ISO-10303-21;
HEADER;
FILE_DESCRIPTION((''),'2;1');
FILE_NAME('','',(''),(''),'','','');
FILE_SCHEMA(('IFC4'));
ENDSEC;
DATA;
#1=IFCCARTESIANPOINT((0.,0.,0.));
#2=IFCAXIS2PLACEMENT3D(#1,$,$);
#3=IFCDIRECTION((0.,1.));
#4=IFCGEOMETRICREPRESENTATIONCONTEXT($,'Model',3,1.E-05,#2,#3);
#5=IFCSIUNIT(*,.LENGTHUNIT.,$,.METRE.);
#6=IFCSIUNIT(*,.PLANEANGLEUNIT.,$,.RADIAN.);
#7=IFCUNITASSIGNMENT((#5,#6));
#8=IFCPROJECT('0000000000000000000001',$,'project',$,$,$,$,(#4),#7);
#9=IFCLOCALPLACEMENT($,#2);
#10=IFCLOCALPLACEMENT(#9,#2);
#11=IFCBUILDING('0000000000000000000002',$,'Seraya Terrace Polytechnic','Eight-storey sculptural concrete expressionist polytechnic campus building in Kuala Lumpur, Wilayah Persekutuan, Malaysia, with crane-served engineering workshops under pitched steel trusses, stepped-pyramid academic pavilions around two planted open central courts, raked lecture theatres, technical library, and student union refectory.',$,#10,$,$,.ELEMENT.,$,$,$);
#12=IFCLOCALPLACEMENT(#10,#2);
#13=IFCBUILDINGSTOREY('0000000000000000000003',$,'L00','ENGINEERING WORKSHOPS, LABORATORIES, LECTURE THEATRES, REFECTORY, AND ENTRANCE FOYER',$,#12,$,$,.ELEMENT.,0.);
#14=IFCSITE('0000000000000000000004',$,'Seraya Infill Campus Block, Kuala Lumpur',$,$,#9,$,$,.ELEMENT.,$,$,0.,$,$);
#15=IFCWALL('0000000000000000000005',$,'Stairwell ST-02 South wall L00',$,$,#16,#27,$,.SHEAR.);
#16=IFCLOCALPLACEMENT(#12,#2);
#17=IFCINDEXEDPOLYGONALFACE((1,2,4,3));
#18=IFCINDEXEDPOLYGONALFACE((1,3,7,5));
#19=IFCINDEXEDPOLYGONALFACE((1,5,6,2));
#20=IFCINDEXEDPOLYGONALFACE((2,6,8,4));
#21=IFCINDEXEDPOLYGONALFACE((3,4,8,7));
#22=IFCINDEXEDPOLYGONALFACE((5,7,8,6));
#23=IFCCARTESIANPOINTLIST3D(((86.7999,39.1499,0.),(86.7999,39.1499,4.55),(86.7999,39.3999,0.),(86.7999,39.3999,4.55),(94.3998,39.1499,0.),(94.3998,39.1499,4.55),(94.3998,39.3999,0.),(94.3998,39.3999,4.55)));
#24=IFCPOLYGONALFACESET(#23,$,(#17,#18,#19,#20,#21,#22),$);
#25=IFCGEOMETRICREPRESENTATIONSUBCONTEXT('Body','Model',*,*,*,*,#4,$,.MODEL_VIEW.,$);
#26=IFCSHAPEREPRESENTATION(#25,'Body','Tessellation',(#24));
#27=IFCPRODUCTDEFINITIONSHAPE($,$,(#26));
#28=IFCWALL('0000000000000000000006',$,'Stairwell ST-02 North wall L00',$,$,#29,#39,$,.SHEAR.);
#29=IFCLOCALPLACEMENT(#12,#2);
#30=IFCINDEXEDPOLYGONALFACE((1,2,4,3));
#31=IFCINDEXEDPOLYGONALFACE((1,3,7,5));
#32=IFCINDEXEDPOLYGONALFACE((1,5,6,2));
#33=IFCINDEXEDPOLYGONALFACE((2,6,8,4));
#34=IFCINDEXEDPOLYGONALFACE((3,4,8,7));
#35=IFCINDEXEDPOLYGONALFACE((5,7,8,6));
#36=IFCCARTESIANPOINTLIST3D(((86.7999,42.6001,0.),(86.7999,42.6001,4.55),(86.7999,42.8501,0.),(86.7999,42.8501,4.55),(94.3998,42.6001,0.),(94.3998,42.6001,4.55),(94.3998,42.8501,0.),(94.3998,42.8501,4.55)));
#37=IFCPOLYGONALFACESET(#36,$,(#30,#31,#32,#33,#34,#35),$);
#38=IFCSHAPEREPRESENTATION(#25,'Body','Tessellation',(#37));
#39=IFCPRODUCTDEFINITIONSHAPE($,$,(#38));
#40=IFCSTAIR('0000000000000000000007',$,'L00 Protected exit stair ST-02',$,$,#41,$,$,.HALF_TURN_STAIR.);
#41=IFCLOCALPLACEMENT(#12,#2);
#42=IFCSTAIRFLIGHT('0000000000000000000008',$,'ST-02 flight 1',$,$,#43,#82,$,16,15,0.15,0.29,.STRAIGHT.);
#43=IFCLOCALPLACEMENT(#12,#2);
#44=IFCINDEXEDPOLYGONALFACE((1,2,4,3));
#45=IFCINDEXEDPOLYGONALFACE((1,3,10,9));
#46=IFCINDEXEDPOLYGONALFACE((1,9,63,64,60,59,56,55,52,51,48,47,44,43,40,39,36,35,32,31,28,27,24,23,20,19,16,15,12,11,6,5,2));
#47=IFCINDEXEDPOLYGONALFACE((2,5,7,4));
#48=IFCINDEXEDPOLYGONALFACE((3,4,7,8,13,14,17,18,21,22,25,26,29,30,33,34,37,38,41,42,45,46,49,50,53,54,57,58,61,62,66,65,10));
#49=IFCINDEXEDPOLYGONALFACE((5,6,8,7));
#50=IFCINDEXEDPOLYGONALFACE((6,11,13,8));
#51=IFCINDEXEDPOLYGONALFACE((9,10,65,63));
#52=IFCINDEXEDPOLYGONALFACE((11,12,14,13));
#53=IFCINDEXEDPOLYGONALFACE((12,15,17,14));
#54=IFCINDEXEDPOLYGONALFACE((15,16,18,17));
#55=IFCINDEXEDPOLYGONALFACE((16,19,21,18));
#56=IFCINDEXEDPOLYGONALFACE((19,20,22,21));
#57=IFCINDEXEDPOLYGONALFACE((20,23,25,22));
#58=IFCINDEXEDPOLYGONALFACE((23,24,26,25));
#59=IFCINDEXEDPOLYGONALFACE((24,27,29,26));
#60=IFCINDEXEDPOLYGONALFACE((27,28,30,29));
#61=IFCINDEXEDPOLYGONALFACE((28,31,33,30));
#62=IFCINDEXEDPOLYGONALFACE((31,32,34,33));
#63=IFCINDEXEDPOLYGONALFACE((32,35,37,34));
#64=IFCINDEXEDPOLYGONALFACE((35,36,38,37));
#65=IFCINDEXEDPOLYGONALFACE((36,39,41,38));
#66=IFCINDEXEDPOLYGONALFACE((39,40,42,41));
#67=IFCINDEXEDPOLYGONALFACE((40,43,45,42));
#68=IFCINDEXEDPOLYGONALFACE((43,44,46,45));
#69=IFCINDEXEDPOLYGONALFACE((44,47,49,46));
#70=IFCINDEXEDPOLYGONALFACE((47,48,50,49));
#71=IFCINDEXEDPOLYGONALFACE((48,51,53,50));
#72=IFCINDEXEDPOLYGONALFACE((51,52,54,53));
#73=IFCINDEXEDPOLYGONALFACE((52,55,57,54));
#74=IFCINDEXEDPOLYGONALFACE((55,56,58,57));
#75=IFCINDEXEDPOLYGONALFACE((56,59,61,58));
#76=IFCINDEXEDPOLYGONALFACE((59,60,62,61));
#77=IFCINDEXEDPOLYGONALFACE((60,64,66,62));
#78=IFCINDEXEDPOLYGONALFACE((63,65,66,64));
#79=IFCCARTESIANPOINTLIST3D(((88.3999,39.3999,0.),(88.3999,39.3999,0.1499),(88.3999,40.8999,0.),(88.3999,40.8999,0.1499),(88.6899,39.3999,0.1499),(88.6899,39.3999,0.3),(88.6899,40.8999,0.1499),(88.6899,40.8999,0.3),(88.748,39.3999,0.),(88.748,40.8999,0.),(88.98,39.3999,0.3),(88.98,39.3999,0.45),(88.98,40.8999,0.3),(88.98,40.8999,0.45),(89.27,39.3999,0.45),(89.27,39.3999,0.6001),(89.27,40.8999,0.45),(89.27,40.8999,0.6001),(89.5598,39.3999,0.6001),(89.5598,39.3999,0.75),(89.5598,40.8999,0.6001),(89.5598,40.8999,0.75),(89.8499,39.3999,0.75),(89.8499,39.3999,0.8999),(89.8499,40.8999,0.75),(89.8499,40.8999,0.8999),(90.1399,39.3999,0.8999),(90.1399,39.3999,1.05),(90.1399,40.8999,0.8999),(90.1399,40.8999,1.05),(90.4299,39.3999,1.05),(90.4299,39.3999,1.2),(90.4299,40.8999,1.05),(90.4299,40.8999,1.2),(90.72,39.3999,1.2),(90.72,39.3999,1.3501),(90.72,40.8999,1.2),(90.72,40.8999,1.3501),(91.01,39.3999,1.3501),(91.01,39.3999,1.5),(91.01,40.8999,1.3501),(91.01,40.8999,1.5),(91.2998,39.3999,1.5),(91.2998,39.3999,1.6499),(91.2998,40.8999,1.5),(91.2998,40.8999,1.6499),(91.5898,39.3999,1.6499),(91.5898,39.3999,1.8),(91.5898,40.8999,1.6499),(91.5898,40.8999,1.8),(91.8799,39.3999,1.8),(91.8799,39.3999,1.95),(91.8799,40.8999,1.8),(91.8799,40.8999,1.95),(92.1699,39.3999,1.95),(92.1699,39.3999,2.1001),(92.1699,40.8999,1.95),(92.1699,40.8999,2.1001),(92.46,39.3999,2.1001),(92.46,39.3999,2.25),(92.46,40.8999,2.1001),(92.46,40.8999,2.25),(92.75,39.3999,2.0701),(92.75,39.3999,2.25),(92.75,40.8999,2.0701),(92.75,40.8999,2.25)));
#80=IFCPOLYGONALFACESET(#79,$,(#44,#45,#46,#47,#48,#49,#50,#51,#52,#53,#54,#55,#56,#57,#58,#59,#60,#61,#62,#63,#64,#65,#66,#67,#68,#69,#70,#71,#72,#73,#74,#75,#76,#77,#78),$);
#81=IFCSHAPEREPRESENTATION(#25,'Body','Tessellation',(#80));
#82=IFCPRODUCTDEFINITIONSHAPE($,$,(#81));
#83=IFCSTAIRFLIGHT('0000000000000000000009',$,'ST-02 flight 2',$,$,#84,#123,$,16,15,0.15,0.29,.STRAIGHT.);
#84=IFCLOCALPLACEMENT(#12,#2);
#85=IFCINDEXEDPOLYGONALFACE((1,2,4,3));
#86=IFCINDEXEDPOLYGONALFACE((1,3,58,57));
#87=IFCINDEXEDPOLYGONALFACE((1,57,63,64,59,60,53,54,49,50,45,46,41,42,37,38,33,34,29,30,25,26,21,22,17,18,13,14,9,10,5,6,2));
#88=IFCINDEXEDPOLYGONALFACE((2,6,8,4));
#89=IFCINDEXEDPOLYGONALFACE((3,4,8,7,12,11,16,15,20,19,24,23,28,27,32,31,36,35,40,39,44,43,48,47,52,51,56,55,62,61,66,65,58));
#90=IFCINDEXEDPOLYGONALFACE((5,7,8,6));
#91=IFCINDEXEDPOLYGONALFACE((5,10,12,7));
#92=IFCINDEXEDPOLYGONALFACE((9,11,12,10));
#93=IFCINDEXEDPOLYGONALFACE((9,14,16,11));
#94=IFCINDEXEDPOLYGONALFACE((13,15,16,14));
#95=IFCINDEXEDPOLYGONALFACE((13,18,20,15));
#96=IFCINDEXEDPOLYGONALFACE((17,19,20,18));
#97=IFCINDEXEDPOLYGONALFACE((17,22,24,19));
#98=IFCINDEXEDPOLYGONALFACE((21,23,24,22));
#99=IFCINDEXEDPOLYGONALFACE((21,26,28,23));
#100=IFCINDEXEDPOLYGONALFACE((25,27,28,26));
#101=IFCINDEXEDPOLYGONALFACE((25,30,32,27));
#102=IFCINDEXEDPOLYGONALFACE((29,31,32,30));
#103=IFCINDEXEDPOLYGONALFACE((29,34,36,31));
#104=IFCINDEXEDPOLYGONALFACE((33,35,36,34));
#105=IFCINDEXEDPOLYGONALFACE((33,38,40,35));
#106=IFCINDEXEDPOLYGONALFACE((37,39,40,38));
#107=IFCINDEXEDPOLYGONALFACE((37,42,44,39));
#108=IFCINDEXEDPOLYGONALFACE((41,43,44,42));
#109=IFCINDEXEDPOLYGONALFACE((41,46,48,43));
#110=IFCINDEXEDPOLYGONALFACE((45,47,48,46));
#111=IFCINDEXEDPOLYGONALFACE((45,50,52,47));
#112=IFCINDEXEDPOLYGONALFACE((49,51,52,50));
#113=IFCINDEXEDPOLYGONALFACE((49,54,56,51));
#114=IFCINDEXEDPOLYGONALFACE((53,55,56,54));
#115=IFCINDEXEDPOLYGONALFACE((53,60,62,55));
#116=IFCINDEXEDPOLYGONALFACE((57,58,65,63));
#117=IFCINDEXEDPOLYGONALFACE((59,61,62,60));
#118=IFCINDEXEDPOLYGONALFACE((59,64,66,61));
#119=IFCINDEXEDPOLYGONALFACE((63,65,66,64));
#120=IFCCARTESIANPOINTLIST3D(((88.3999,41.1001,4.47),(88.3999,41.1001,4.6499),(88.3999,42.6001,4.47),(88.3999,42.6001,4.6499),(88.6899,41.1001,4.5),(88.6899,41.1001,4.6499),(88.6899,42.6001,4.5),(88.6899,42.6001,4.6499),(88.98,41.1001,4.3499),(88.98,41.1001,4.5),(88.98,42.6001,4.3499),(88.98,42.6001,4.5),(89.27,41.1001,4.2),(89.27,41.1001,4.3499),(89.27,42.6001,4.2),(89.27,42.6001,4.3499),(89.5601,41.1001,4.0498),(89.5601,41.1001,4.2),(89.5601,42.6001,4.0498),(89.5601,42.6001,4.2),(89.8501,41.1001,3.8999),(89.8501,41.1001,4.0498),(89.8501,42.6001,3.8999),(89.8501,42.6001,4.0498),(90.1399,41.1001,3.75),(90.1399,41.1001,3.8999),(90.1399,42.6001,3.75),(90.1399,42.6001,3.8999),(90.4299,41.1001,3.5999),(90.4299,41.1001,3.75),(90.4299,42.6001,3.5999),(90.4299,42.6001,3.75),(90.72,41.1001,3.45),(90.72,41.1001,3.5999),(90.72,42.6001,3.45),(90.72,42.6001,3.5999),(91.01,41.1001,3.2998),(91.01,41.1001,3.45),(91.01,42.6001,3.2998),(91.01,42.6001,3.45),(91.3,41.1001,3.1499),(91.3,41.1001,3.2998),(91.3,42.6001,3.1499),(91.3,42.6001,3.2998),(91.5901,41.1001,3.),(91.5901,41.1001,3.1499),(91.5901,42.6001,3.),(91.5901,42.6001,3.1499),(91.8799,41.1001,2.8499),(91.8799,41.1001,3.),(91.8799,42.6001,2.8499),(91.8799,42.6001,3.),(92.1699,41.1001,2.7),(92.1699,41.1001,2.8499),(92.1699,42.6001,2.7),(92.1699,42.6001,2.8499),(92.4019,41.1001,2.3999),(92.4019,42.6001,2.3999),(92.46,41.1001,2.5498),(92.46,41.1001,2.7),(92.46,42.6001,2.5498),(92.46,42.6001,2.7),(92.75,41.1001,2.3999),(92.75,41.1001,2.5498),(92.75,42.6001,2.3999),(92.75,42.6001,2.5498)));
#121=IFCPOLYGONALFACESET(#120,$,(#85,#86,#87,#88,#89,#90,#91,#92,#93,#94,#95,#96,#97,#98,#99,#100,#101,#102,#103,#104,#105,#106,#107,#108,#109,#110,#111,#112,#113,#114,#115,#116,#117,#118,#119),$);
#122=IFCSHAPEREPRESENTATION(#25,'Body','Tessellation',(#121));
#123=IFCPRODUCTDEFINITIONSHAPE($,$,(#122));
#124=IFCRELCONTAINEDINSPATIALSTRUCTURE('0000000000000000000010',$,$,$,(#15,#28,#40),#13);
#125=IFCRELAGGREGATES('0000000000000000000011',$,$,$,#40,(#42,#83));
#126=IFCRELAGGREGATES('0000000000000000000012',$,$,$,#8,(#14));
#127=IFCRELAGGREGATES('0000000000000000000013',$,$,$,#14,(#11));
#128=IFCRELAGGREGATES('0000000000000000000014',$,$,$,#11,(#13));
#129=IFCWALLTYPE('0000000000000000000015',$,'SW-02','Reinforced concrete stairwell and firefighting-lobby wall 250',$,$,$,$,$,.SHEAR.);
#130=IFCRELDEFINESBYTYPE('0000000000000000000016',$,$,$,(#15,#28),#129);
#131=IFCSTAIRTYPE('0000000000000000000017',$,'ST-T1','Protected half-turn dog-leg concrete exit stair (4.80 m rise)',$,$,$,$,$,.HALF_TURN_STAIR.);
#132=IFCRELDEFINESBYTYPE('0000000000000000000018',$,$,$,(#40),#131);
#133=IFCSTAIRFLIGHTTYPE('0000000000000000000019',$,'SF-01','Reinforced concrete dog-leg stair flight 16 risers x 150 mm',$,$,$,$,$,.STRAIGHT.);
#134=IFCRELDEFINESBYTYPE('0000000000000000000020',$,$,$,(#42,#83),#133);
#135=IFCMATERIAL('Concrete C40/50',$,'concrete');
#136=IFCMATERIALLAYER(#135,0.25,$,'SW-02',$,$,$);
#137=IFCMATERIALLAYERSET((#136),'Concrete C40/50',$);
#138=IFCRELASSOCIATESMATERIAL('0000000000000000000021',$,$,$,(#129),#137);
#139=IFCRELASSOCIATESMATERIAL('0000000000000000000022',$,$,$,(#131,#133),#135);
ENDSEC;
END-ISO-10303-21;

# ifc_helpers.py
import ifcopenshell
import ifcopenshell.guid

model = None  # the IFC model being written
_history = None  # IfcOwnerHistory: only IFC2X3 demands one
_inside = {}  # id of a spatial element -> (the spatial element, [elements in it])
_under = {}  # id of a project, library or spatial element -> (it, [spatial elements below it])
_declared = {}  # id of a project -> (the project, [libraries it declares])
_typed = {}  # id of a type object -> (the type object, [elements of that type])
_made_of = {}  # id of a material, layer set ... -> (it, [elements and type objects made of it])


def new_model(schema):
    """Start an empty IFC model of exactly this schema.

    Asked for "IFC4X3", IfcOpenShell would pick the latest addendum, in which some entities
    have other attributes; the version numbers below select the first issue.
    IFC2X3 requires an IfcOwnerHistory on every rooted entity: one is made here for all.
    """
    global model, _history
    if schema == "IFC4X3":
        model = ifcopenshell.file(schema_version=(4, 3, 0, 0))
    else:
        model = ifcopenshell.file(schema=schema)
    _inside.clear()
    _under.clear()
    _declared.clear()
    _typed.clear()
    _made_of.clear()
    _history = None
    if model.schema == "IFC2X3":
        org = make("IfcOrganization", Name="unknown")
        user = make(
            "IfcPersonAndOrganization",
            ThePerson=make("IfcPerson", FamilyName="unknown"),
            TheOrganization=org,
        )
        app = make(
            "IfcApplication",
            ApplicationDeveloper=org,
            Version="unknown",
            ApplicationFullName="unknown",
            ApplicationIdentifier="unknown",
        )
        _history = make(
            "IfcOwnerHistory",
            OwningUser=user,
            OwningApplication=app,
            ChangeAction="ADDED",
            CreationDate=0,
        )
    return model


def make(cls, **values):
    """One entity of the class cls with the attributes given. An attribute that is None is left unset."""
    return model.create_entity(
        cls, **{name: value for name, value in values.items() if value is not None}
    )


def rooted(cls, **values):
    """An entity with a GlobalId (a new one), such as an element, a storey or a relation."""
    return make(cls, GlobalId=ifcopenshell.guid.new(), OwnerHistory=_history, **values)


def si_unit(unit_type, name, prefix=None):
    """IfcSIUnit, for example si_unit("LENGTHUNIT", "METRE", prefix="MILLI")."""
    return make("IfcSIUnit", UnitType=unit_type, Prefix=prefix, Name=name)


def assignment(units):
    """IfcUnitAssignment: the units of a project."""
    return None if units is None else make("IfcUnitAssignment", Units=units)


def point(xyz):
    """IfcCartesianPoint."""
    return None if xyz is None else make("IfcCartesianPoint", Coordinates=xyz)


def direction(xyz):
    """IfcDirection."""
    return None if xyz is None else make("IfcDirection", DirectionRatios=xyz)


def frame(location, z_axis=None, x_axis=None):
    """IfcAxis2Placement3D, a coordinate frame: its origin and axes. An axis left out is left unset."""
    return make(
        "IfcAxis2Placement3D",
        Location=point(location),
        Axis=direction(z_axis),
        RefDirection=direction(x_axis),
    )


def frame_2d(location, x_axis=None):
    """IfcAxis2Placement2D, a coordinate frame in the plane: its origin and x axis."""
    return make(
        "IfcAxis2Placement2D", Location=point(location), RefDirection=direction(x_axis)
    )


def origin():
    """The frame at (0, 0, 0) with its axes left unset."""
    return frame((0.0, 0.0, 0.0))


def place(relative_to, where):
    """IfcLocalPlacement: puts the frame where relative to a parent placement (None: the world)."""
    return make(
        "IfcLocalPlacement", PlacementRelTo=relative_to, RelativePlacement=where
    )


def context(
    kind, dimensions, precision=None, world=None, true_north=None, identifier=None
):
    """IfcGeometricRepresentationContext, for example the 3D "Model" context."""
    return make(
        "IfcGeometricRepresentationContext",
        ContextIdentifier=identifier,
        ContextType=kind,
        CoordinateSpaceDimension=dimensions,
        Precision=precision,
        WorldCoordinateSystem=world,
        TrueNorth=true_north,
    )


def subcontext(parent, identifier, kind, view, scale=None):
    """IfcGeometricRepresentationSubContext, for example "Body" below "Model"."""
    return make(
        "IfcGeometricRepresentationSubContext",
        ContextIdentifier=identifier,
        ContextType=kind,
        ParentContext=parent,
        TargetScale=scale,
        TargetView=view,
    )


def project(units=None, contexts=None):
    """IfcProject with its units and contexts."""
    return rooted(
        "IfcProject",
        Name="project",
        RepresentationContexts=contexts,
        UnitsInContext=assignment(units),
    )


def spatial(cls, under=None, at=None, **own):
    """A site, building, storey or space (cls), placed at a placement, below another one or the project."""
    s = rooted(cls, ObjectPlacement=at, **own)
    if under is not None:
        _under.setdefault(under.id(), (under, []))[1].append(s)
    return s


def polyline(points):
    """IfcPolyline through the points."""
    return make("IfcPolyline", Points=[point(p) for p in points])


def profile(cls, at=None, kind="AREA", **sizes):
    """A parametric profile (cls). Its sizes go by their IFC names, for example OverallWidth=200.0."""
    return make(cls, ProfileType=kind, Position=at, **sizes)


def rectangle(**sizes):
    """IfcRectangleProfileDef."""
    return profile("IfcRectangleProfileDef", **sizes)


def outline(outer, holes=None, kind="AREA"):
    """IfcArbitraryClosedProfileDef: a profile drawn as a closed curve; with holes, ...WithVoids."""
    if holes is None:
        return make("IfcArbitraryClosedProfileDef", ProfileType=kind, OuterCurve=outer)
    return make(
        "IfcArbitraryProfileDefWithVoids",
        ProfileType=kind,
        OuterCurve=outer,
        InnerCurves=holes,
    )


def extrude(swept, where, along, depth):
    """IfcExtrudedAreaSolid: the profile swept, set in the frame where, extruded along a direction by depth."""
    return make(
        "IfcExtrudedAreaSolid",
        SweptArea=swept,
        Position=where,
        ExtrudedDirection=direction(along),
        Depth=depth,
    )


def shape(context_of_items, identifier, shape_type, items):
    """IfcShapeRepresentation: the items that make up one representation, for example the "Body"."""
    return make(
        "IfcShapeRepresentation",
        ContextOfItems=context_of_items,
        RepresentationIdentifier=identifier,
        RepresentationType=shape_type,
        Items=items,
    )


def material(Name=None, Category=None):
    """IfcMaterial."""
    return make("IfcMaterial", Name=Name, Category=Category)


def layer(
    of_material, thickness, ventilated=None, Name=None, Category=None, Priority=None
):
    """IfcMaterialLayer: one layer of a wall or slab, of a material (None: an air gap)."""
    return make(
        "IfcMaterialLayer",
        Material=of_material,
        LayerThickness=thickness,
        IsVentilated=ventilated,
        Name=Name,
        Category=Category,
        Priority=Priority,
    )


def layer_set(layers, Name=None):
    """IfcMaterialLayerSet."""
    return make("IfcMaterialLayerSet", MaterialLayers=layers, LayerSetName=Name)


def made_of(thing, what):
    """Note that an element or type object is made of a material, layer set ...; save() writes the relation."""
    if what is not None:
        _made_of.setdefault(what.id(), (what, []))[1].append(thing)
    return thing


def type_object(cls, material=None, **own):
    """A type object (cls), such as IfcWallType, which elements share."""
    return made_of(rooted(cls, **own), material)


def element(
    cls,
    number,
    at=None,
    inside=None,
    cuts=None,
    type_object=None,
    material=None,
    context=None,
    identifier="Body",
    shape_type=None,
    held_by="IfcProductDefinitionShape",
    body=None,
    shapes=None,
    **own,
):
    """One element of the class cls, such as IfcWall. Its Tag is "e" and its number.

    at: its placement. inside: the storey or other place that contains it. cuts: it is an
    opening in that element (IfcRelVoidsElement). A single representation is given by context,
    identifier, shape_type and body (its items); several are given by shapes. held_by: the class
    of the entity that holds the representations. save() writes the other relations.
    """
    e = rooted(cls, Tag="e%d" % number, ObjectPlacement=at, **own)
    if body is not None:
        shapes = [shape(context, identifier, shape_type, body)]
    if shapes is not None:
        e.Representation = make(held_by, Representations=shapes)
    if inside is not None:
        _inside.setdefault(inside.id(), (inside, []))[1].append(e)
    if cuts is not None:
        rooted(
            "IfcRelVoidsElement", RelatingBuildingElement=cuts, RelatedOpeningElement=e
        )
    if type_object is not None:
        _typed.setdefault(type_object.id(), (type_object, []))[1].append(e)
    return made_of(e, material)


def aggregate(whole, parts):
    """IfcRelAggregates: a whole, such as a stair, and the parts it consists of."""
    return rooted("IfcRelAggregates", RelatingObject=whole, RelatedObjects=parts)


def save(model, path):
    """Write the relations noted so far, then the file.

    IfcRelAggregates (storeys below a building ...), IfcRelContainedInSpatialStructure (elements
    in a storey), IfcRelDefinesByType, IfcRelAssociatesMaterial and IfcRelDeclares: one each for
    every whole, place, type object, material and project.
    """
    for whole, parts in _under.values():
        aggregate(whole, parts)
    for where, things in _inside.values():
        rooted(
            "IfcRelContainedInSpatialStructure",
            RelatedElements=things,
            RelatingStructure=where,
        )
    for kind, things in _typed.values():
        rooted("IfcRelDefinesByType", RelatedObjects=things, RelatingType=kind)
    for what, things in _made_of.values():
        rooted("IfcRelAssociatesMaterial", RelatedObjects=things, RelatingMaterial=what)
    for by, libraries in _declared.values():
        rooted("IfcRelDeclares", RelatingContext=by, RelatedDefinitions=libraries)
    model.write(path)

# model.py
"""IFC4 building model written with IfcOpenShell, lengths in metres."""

from ifc_helpers import new_model, si_unit, direction, frame, frame_2d, origin, place, context, subcontext, project, spatial, polyline, rectangle, outline, extrude, material, layer, layer_set, type_object, element, aggregate, save


model = new_model("IFC4")

# Units and contexts
model_context = context("Model", 3, precision=1e-05, world=origin(), true_north=direction((0.0, 1.0)))
body_context = subcontext(model_context, "Body", "Model", "MODEL_VIEW")
ifc_project = project(units=[si_unit("LENGTHUNIT", "METRE"), si_unit("PLANEANGLEUNIT", "RADIAN")], contexts=[model_context])

# Site, building, storey
site_placement = place(None, origin())
site = spatial("IfcSite", under=ifc_project, at=site_placement, Name="Seraya Infill Campus Block, Kuala Lumpur", CompositionType="ELEMENT", RefElevation=0.0)
building_placement = place(site_placement, origin())
building = spatial("IfcBuilding", under=site, at=building_placement, Name="Seraya Terrace Polytechnic", Description="Eight-storey sculptural concrete expressionist polytechnic campus building in Kuala Lumpur, Wilayah Persekutuan, Malaysia, with crane-served engineering workshops under pitched steel trusses, stepped-pyramid academic pavilions around two planted open central courts, raked lecture theatres, technical library, and student union refectory.", CompositionType="ELEMENT")
storey_placement = place(building_placement, origin())
storey = spatial("IfcBuildingStorey", under=building, at=storey_placement, Name="L00", Description="ENGINEERING WORKSHOPS, LABORATORIES, LECTURE THEATRES, REFECTORY, AND ENTRANCE FOYER", CompositionType="ELEMENT", Elevation=0.0)

# Shared definitions
ifc_material_1 = material(Name="Concrete C40/50", Category="concrete")

# Shared definitions
ifc_layer_1 = layer(ifc_material_1, 0.25, Name="SW-02")
ifc_layer_set_1 = layer_set([ifc_layer_1], Name="Concrete C40/50")
wall_type_1 = type_object("IfcWallType", Name="SW-02", Description="Reinforced concrete stairwell and firefighting-lobby wall 250", PredefinedType="SHEAR", material=ifc_layer_set_1)

# Walls
for number, where, z_axis, x_axis, name in (
    (1, (86.8, 39.2749, 0.0), (0.0, 0.0, 1.0), (1.0, 0.0, 0.0), "Stairwell ST-02 South wall L00"),
    (2, (86.8, 42.7251, 0.0), (0.0, 0.0, 1.0), (1.0, 0.0, 0.0), "Stairwell ST-02 North wall L00"),
):
    element("IfcWall", number, at=place(storey_placement, frame(where, z_axis=z_axis, x_axis=x_axis)), inside=storey, type_object=wall_type_1, Name=name, PredefinedType="SHEAR", context=body_context, shape_type="SweptSolid", body=[
        extrude(rectangle(XDim=7.5999, YDim=0.25, at=frame_2d((3.7998, 0.0))), origin(), (0.0, 0.0, 1.0), 4.55),
    ])

# Stair, stair flights
stair_type = type_object("IfcStairType", Name="ST-T1", Description="Protected half-turn dog-leg concrete exit stair (4.80 m rise)", PredefinedType="HALF_TURN_STAIR", material=ifc_material_1)
stair_placement = place(storey_placement, origin())
stair = element("IfcStair", 3, at=stair_placement, inside=storey, type_object=stair_type, Name="L00 Protected exit stair ST-02", PredefinedType="HALF_TURN_STAIR")
stair_flight_type = type_object("IfcStairFlightType", Name="SF-01", Description="Reinforced concrete dog-leg stair flight 16 risers x 150 mm", PredefinedType="STRAIGHT", material=ifc_material_1)
stair_flight_1_placement = place(storey_placement, frame((88.3999, 40.1499, 0.0), z_axis=(0.0, 0.0, 1.0), x_axis=(1.0, 0.0, 0.0)))
stair_flight_1 = element("IfcStairFlight", 4, at=stair_flight_1_placement, type_object=stair_flight_type, Name="ST-02 flight 1", NumberOfRisers=16, NumberOfTreads=15, PredefinedType="STRAIGHT", RiserHeight=0.15, TreadLength=0.29, context=body_context, shape_type="SweptSolid", body=[
    extrude(outline(polyline([(0.0, 0.0), (0.0, 0.1499), (0.29, 0.1499), (0.29, 0.3), (0.5801, 0.3), (0.5801, 0.45), (0.8701, 0.45), (0.8701, 0.6001), (1.1599, 0.6001), (1.1599, 0.75), (1.45, 0.75), (1.45, 0.8999), (1.74, 0.8999), (1.74, 1.05), (2.03, 1.05), (2.03, 1.2), (2.3201, 1.2), (2.3201, 1.3501), (2.6101, 1.3501), (2.6101, 1.5), (2.8999, 1.5), (2.8999, 1.6499), (3.1899, 1.6499), (3.1899, 1.8), (3.48, 1.8), (3.48, 1.95), (3.77, 1.95), (3.77, 2.1001), (4.0601, 2.1001), (4.0601, 2.25), (4.3501, 2.25), (4.3501, 2.3999), (4.3501, 2.0701), (0.3481, 0.0), (0.0, 0.0)])), frame((0.0, 0.75, 0.0), z_axis=(0.0, -1.0, 0.0), x_axis=(1.0, 0.0, 0.0)), (0.0, 0.0, 1.0), 1.5),
])
stair_flight_2_placement = place(storey_placement, frame((92.75, 41.8501, 2.3999), z_axis=(0.0, 0.0, 1.0), x_axis=(-1.0, 0.0, 0.0)))
stair_flight_2 = element("IfcStairFlight", 5, at=stair_flight_2_placement, type_object=stair_flight_type, Name="ST-02 flight 2", NumberOfRisers=16, NumberOfTreads=15, PredefinedType="STRAIGHT", RiserHeight=0.15, TreadLength=0.29, context=body_context, shape_type="SweptSolid", body=[
    extrude(outline(polyline([(0.0, 0.0), (0.0, 0.1499), (0.29, 0.1499), (0.29, 0.3), (0.5801, 0.3), (0.5801, 0.45), (0.8701, 0.45), (0.8701, 0.6001), (1.1599, 0.6001), (1.1599, 0.75), (1.45, 0.75), (1.45, 0.8999), (1.74, 0.8999), (1.74, 1.05), (2.03, 1.05), (2.03, 1.2), (2.3201, 1.2), (2.3201, 1.3501), (2.6101, 1.3501), (2.6101, 1.5), (2.8999, 1.5), (2.8999, 1.6499), (3.1899, 1.6499), (3.1899, 1.8), (3.48, 1.8), (3.48, 1.95), (3.77, 1.95), (3.77, 2.1001), (4.0601, 2.1001), (4.0601, 2.25), (4.3501, 2.25), (4.3501, 2.3999), (4.3501, 2.0701), (0.3481, 0.0), (0.0, 0.0)])), frame((0.0, 0.75, 0.0), z_axis=(0.0, -1.0, 0.0), x_axis=(1.0, 0.0, 0.0)), (0.0, 0.0, 1.0), 1.5),
])
aggregate(stair, [stair_flight_1, stair_flight_2])

save(model, "model.ifc")
